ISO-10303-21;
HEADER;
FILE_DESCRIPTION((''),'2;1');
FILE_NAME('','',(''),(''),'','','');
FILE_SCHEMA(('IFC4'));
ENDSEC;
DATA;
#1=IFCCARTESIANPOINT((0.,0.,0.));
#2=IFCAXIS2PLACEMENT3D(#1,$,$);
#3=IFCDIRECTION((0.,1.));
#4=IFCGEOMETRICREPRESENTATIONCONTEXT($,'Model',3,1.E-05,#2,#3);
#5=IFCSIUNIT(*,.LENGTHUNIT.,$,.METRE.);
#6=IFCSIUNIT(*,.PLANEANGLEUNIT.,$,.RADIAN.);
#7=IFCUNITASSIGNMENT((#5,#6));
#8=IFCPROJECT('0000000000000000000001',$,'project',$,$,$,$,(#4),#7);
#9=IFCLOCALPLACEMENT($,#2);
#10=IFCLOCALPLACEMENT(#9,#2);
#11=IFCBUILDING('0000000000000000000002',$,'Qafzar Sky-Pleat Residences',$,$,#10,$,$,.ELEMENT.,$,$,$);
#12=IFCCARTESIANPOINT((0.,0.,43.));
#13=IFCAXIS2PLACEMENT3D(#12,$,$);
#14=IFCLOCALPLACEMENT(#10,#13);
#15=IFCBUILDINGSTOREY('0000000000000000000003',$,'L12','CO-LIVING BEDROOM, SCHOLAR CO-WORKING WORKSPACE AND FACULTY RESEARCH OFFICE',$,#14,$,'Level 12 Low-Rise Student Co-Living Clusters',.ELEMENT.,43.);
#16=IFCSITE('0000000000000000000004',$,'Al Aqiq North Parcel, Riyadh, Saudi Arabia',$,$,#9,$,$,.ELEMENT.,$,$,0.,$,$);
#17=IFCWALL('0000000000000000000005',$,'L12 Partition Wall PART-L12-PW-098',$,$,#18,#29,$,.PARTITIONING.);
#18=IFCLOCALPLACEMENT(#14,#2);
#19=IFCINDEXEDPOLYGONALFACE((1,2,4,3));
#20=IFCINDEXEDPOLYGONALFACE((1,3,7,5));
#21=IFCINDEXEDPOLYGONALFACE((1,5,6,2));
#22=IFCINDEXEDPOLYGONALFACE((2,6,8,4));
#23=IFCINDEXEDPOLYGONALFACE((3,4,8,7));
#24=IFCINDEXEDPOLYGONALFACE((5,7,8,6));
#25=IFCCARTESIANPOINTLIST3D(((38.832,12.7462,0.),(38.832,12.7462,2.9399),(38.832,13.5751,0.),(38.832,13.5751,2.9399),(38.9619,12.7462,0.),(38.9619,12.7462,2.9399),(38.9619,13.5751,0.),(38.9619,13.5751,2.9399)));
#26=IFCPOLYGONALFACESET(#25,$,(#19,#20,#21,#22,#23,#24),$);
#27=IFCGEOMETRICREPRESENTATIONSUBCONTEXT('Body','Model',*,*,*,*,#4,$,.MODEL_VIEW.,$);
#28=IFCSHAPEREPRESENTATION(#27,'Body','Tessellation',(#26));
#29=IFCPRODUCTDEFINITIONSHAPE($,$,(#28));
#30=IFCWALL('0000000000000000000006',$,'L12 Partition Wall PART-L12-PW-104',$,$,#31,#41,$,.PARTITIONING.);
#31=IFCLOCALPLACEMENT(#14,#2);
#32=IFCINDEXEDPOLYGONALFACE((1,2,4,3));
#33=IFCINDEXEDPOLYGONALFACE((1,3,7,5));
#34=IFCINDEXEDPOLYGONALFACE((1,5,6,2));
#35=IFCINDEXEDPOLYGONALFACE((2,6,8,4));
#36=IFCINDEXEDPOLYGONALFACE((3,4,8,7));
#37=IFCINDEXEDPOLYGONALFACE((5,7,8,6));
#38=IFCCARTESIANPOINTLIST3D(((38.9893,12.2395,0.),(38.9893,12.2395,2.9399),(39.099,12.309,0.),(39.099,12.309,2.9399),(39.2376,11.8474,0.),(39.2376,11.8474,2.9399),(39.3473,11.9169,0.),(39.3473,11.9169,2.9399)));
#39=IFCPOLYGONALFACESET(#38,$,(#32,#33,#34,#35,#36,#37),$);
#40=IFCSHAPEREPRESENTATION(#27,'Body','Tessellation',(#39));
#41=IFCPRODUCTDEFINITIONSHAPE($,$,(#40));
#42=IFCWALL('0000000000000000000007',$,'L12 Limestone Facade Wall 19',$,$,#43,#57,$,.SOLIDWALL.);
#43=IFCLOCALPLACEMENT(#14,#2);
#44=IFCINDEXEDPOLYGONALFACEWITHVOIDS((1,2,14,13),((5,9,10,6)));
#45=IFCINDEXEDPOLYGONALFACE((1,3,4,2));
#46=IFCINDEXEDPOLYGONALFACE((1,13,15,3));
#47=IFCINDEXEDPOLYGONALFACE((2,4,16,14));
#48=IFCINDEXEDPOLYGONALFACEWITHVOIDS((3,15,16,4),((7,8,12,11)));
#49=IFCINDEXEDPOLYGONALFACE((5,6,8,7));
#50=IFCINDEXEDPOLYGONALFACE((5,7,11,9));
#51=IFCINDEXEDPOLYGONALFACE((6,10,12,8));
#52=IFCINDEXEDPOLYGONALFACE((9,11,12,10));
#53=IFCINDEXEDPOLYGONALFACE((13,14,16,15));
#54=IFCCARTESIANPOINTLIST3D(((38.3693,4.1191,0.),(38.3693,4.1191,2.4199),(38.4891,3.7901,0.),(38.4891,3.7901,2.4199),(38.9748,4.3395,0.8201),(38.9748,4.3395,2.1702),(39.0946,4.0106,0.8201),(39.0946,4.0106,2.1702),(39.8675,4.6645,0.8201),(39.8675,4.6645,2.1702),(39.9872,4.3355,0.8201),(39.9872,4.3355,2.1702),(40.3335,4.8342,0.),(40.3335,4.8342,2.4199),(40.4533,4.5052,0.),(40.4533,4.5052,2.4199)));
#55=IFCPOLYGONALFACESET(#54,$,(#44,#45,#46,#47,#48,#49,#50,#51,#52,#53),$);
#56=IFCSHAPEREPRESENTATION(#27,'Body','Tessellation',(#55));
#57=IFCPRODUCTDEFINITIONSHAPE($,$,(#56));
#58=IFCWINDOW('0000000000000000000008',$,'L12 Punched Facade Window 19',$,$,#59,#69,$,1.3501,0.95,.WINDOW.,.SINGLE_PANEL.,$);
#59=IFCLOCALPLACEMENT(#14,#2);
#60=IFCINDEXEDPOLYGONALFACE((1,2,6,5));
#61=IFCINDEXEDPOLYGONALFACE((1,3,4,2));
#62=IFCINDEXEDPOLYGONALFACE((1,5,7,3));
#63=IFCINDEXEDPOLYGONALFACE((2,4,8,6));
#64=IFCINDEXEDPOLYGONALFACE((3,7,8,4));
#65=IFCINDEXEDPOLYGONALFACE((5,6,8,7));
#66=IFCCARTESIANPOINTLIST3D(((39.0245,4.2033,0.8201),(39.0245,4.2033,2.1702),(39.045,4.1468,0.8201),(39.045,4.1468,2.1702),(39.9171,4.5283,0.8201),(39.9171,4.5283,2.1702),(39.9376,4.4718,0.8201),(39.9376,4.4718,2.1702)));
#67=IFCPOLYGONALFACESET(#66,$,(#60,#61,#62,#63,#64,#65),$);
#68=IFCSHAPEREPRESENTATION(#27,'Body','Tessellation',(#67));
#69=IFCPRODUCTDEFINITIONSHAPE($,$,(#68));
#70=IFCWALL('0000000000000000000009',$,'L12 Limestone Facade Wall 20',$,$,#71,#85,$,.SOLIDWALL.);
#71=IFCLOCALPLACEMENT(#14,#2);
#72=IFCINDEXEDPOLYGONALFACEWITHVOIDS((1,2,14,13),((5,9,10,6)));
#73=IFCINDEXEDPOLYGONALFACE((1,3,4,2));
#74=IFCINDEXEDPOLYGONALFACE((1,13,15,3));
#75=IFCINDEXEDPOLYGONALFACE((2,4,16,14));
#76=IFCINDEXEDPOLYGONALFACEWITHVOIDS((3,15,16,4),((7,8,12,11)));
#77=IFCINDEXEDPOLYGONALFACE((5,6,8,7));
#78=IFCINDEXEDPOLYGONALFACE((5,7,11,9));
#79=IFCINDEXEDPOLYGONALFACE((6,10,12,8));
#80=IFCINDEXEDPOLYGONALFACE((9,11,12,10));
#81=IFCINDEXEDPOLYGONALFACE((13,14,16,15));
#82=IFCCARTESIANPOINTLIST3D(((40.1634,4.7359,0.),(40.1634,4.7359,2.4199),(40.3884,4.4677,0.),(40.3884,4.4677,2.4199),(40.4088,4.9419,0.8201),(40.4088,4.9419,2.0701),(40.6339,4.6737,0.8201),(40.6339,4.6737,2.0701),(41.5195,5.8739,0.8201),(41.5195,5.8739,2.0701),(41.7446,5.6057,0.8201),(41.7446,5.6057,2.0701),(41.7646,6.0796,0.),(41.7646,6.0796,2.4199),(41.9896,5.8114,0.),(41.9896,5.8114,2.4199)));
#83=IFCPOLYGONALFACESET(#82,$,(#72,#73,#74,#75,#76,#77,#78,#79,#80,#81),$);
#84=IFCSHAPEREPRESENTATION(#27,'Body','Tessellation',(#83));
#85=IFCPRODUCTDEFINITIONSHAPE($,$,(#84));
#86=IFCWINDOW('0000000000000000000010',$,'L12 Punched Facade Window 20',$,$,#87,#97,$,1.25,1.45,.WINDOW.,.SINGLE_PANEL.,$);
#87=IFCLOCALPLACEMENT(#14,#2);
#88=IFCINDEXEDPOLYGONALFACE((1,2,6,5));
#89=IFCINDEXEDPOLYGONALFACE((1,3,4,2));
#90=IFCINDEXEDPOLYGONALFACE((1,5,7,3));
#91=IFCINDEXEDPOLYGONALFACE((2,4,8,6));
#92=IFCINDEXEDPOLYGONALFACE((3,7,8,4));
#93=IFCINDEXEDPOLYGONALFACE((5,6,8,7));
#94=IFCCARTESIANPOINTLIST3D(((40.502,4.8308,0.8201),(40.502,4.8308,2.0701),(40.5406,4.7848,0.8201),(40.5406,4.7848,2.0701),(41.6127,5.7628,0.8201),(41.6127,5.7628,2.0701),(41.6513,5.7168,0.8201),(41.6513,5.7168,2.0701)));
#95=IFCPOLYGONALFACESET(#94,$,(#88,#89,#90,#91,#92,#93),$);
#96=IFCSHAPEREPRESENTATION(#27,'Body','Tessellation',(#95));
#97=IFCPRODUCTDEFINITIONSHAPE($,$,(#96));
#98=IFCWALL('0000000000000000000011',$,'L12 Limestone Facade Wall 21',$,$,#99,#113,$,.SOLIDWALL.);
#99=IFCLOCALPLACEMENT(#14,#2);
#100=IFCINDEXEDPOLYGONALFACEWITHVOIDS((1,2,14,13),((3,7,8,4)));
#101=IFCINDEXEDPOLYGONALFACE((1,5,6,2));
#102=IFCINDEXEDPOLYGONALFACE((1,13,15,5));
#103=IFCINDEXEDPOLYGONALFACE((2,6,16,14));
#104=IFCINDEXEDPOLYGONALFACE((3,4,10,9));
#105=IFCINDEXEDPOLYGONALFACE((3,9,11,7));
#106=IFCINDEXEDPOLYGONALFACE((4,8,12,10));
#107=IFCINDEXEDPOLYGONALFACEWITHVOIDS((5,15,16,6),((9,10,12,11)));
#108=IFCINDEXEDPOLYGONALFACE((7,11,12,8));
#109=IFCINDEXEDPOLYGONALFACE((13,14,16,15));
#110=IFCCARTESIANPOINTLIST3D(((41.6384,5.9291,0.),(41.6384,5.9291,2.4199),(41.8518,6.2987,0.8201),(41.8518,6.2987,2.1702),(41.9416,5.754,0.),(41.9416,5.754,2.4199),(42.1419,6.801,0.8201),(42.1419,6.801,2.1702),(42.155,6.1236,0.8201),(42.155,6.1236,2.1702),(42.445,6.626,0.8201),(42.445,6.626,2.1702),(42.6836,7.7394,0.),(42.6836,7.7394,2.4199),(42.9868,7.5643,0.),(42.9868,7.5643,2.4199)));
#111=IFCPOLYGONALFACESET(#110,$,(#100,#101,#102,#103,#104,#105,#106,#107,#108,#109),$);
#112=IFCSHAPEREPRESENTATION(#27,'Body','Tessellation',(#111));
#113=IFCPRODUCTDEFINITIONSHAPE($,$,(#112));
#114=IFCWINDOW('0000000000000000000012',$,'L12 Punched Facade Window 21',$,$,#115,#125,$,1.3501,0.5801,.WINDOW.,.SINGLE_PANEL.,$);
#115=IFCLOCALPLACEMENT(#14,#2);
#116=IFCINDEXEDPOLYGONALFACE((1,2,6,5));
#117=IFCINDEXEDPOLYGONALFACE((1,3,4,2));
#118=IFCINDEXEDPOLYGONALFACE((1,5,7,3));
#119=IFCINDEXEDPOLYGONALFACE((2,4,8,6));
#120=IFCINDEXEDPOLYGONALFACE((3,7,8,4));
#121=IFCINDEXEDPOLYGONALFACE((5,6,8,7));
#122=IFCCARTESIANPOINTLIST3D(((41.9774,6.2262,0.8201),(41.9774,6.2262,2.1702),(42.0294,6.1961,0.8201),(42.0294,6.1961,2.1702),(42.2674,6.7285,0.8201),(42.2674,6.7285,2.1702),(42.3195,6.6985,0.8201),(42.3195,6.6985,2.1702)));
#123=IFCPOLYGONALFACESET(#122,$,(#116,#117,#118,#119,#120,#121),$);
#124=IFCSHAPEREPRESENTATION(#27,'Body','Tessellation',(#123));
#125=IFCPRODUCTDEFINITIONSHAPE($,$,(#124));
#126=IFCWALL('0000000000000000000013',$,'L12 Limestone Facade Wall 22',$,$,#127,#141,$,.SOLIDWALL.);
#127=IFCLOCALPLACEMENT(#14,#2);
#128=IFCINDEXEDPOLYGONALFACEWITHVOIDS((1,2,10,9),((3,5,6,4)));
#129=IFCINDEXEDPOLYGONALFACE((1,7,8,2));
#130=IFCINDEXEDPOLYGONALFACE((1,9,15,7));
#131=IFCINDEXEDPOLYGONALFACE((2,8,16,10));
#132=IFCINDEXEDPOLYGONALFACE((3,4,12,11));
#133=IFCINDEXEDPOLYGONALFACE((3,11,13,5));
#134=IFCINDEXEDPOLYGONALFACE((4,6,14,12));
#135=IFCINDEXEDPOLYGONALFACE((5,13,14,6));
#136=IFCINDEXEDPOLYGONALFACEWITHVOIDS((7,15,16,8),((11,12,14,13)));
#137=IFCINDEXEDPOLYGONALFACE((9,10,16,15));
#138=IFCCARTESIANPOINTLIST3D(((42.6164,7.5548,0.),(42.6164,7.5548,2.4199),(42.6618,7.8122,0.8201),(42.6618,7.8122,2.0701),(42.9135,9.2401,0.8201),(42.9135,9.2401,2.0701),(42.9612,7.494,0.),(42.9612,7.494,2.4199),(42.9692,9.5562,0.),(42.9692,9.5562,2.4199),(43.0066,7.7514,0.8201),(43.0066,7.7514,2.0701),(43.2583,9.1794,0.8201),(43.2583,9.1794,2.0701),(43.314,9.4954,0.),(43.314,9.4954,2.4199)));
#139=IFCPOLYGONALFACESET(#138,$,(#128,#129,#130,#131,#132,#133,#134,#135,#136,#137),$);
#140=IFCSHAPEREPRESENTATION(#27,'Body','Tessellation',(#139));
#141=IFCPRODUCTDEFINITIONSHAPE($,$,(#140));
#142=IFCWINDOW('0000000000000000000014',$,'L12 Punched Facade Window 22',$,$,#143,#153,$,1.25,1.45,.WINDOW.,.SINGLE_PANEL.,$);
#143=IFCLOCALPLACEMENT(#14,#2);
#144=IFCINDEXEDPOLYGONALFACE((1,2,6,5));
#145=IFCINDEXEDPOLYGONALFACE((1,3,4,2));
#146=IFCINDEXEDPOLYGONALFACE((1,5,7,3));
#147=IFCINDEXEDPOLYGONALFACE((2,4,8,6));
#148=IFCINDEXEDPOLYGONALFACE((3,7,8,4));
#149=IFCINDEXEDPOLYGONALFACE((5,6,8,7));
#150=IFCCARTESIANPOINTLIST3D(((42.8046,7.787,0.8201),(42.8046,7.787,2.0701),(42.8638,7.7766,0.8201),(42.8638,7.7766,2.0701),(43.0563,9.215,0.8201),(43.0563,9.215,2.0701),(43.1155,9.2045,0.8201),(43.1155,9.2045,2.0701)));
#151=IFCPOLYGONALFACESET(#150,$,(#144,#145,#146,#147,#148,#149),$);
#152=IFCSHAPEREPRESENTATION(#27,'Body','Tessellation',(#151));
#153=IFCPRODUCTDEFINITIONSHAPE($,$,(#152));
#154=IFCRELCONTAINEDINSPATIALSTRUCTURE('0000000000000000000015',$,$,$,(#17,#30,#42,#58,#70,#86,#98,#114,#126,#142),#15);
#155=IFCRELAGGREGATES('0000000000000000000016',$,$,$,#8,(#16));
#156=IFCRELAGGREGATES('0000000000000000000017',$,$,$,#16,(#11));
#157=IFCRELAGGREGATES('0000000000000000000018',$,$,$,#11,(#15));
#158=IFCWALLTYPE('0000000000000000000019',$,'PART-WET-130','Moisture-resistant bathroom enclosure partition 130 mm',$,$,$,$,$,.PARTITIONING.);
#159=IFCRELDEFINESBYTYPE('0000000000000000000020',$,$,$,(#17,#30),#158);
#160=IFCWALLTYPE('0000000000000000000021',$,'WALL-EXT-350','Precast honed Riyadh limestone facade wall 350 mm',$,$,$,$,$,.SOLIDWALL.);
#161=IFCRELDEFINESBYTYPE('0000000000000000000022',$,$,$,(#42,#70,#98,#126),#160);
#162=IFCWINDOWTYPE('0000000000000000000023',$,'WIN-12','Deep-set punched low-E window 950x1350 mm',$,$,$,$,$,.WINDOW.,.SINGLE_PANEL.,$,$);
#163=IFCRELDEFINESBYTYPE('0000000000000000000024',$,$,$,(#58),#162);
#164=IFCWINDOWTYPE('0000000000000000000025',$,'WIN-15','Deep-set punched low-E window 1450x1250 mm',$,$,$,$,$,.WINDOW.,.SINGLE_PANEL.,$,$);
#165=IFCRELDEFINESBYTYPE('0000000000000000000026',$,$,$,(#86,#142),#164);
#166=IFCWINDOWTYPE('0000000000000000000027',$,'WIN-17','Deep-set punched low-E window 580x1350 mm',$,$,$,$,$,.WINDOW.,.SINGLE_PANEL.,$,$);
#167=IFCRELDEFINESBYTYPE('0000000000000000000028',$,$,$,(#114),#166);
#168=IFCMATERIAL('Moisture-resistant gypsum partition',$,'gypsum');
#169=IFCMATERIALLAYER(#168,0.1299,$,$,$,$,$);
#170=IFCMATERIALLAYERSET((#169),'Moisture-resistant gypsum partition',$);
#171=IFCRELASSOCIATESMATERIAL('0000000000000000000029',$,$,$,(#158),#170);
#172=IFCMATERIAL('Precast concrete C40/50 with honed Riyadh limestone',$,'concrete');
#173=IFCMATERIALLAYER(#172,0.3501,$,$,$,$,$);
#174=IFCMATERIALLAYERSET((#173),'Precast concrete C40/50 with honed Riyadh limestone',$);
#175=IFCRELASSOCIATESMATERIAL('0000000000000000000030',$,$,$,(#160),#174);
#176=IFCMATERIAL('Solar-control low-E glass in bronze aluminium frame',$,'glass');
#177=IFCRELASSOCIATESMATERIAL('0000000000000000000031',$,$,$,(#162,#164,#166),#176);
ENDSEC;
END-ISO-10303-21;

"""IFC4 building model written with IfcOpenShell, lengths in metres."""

from ifc_helpers import new_model, si_unit, direction, frame, frame_2d, origin, place, context, subcontext, project, spatial, rectangle, extrude, source, transform, mapped, material, layer, layer_set, type_object, element, fill, save


model = new_model("IFC4")

# Units and contexts
model_context = context("Model", 3, precision=1e-05, world=origin(), true_north=direction((0.0, 1.0)))
body_context = subcontext(model_context, "Body", "Model", "MODEL_VIEW")
ifc_project = project(units=[si_unit("LENGTHUNIT", "METRE"), si_unit("PLANEANGLEUNIT", "RADIAN")], contexts=[model_context])

# Site, building, storey
site_placement = place(None, origin())
site = spatial("IfcSite", under=ifc_project, at=site_placement, Name="Al Aqiq North Parcel, Riyadh, Saudi Arabia", CompositionType="ELEMENT", RefElevation=0.0)
building_placement = place(site_placement, origin())
building = spatial("IfcBuilding", under=site, at=building_placement, Name="Qafzar Sky-Pleat Residences", CompositionType="ELEMENT")
storey_placement = place(building_placement, frame((0.0, 0.0, 43.0)))
storey = spatial("IfcBuildingStorey", under=building, at=storey_placement, Name="L12", Description="CO-LIVING BEDROOM, SCHOLAR CO-WORKING WORKSPACE AND FACULTY RESEARCH OFFICE", LongName="Level 12 Low-Rise Student Co-Living Clusters", CompositionType="ELEMENT", Elevation=43.0)

# Shared definitions
ifc_material_1 = material(Name="Moisture-resistant gypsum partition", Category="gypsum")
ifc_layer_1 = layer(ifc_material_1, 0.1299)
ifc_layer_set_1 = layer_set([ifc_layer_1], Name="Moisture-resistant gypsum partition")
wall_type_1 = type_object("IfcWallType", Name="PART-WET-130", Description="Moisture-resistant bathroom enclosure partition 130 mm", PredefinedType="PARTITIONING", material=ifc_layer_set_1)

# Walls
wall_1_placement = place(storey_placement, frame((38.897, 12.7461, 0.0), z_axis=(0.0, 0.0, 1.0), x_axis=(0.0, 1.0, 0.0)))
element("IfcWall", 1, at=wall_1_placement, inside=storey, type_object=wall_type_1, Name="L12 Partition Wall PART-L12-PW-098", PredefinedType="PARTITIONING", context=body_context, shape_type="SweptSolid", body=[
    extrude(rectangle(XDim=0.8289, YDim=0.1299, at=frame_2d((0.4146, 0.0))), origin(), (0.0, 0.0, 1.0), 2.9399),
])
wall_2_placement = place(storey_placement, frame((39.0442, 12.2742, 0.0), z_axis=(0.0, 0.0, 1.0), x_axis=(0.535002, -0.844851, 0.0)))
element("IfcWall", 2, at=wall_2_placement, inside=storey, type_object=wall_type_1, Name="L12 Partition Wall PART-L12-PW-104", PredefinedType="PARTITIONING", context=body_context, shape_type="SweptSolid", body=[
    extrude(rectangle(XDim=0.4641, YDim=0.1299, at=frame_2d((0.2319, 0.0))), origin(), (0.0, 0.0, 1.0), 2.9399),
])

# Walls, openings, windows
ifc_material_2 = material(Name="Precast concrete C40/50 with honed Riyadh limestone", Category="concrete")
ifc_layer_2 = layer(ifc_material_2, 0.3501)
ifc_layer_set_2 = layer_set([ifc_layer_2], Name="Precast concrete C40/50 with honed Riyadh limestone")
wall_type_2 = type_object("IfcWallType", Name="WALL-EXT-350", Description="Precast honed Riyadh limestone facade wall 350 mm", PredefinedType="SOLIDWALL", material=ifc_layer_set_2)
wall_3_placement = place(storey_placement, frame((38.4292, 3.9546, 0.0), z_axis=(0.0, 0.0, 1.0), x_axis=(0.93966, 0.342109, 0.0)))
wall_3 = element("IfcWall", 3, at=wall_3_placement, inside=storey, type_object=wall_type_2, Name="L12 Limestone Facade Wall 19", PredefinedType="SOLIDWALL", context=body_context, shape_type="SweptSolid", body=[
    extrude(rectangle(XDim=2.0903, YDim=0.3501, at=frame_2d((1.0452, 0.0))), origin(), (0.0, 0.0, 1.0), 2.4199),
])
opening_1_placement = place(wall_3_placement, frame((0.6443, 0.0, 0.8201)))
opening_1 = element("IfcOpeningElement", 4, at=opening_1_placement, cuts=wall_3, PredefinedType="OPENING", context=body_context, shape_type="SweptSolid", body=[
    extrude(rectangle(XDim=0.95, YDim=1.3501, at=frame_2d((0.4751, 0.675))), frame((0.0, 0.1851, 0.0), z_axis=(0.0, -1.0, 0.0), x_axis=(1.0, 0.0, 0.0)), (0.0, 0.0, 1.0), 0.3701),
])
ifc_material_3 = material(Name="Solar-control low-E glass in bronze aluminium frame", Category="glass")
window_type_1 = type_object("IfcWindowType", Name="WIN-12", Description="Deep-set punched low-E window 950x1350 mm", PartitioningType="SINGLE_PANEL", PredefinedType="WINDOW", material=ifc_material_3)
shared_shape_1 = source(origin(), body_context, "Body", "SweptSolid", [
    extrude(rectangle(XDim=0.95, YDim=1.3501, at=frame_2d((0.4751, 0.675))), frame((0.0, 0.03, 0.0), z_axis=(0.0, -1.0, 0.0), x_axis=(1.0, 0.0, 0.0)), (0.0, 0.0, 1.0), 0.0601),
])
window_1_placement = place(opening_1_placement, origin())
window_1 = element("IfcWindow", 5, at=window_1_placement, inside=storey, type_object=window_type_1, Name="L12 Punched Facade Window 19", OverallHeight=1.3501, OverallWidth=0.95, PartitioningType="SINGLE_PANEL", PredefinedType="WINDOW", context=body_context, shape_type="MappedRepresentation", body=[
    mapped(shared_shape_1, transform((0.0, 0.0, 0.0), x_axis=(1.0, 0.0, 0.0), y_axis=(0.0, 1.0, 0.0), z_axis=(0.0, 0.0, 1.0), scale=1.0)),
])
fill(opening_1, window_1)
wall_4_placement = place(storey_placement, frame((40.2759, 4.6018, 0.0), z_axis=(0.0, 0.0, 1.0), x_axis=(0.766025, 0.642811, 0.0)))
wall_4 = element("IfcWall", 6, at=wall_4_placement, inside=storey, type_object=wall_type_2, Name="L12 Limestone Facade Wall 20", PredefinedType="SOLIDWALL", context=body_context, shape_type="SweptSolid", body=[
    extrude(rectangle(XDim=2.0903, YDim=0.3501, at=frame_2d((1.0452, 0.0))), origin(), (0.0, 0.0, 1.0), 2.4199),
])
opening_2_placement = place(wall_4_placement, frame((0.3203, 0.0, 0.8201)))
opening_2 = element("IfcOpeningElement", 7, at=opening_2_placement, cuts=wall_4, PredefinedType="OPENING", context=body_context, shape_type="SweptSolid", body=[
    extrude(rectangle(XDim=1.45, YDim=1.25, at=frame_2d((0.7251, 0.625))), frame((0.0, 0.1851, 0.0), z_axis=(0.0, -1.0, 0.0), x_axis=(1.0, 0.0, 0.0)), (0.0, 0.0, 1.0), 0.3701),
])
window_type_2 = type_object("IfcWindowType", Name="WIN-15", Description="Deep-set punched low-E window 1450x1250 mm", PartitioningType="SINGLE_PANEL", PredefinedType="WINDOW", material=ifc_material_3)
shared_shape_2 = source(origin(), body_context, "Body", "SweptSolid", [
    extrude(rectangle(XDim=1.45, YDim=1.25, at=frame_2d((0.7251, 0.625))), frame((0.0, 0.03, 0.0), z_axis=(0.0, -1.0, 0.0), x_axis=(1.0, 0.0, 0.0)), (0.0, 0.0, 1.0), 0.0601),
])
window_2_placement = place(opening_2_placement, origin())
window_2 = element("IfcWindow", 8, at=window_2_placement, inside=storey, type_object=window_type_2, Name="L12 Punched Facade Window 20", OverallHeight=1.25, OverallWidth=1.45, PartitioningType="SINGLE_PANEL", PredefinedType="WINDOW", context=body_context, shape_type="MappedRepresentation", body=[
    mapped(shared_shape_2, transform((0.0, 0.0, 0.0), x_axis=(1.0, 0.0, 0.0), y_axis=(0.0, 1.0, 0.0), z_axis=(0.0, 0.0, 1.0), scale=1.0)),
])
fill(opening_2, window_2)
wall_5_placement = place(storey_placement, frame((41.79, 5.8416, 0.0), z_axis=(0.0, 0.0, 1.0), x_axis=(0.499995, 0.866028, 0.0)))
wall_5 = element("IfcWall", 9, at=wall_5_placement, inside=storey, type_object=wall_type_2, Name="L12 Limestone Facade Wall 21", PredefinedType="SOLIDWALL", context=body_context, shape_type="SweptSolid", body=[
    extrude(rectangle(XDim=2.0903, YDim=0.3501, at=frame_2d((1.0452, 0.0))), origin(), (0.0, 0.0, 1.0), 2.4199),
])
opening_3_placement = place(wall_5_placement, frame((0.4268, 0.0, 0.8201)))
opening_3 = element("IfcOpeningElement", 10, at=opening_3_placement, cuts=wall_5, PredefinedType="OPENING", context=body_context, shape_type="SweptSolid", body=[
    extrude(rectangle(XDim=0.5801, YDim=1.3501, at=frame_2d((0.29, 0.675))), frame((0.0, 0.1851, 0.0), z_axis=(0.0, -1.0, 0.0), x_axis=(1.0, 0.0, 0.0)), (0.0, 0.0, 1.0), 0.3701),
])
window_type_3 = type_object("IfcWindowType", Name="WIN-17", Description="Deep-set punched low-E window 580x1350 mm", PartitioningType="SINGLE_PANEL", PredefinedType="WINDOW", material=ifc_material_3)
shared_shape_3 = source(origin(), body_context, "Body", "SweptSolid", [
    extrude(rectangle(XDim=0.5801, YDim=1.3501, at=frame_2d((0.29, 0.675))), frame((0.0, 0.03, 0.0), z_axis=(0.0, -1.0, 0.0), x_axis=(1.0, 0.0, 0.0)), (0.0, 0.0, 1.0), 0.0601),
])
window_3_placement = place(opening_3_placement, origin())
window_3 = element("IfcWindow", 11, at=window_3_placement, inside=storey, type_object=window_type_3, Name="L12 Punched Facade Window 21", OverallHeight=1.3501, OverallWidth=0.5801, PartitioningType="SINGLE_PANEL", PredefinedType="WINDOW", context=body_context, shape_type="MappedRepresentation", body=[
    mapped(shared_shape_3, transform((0.0, 0.0, 0.0), x_axis=(1.0, 0.0, 0.0), y_axis=(0.0, 1.0, 0.0), z_axis=(0.0, 0.0, 1.0), scale=1.0)),
])
fill(opening_3, window_3)
wall_6_placement = place(storey_placement, frame((42.7888, 7.5244, 0.0), z_axis=(0.0, 0.0, 1.0), x_axis=(0.173587, 0.984819, 0.0)))
wall_6 = element("IfcWall", 12, at=wall_6_placement, inside=storey, type_object=wall_type_2, Name="L12 Limestone Facade Wall 22", PredefinedType="SOLIDWALL", context=body_context, shape_type="SweptSolid", body=[
    extrude(rectangle(XDim=2.0322, YDim=0.3501, at=frame_2d((1.0161, 0.0))), origin(), (0.0, 0.0, 1.0), 2.4199),
])
opening_4_placement = place(wall_6_placement, frame((0.2612, 0.0, 0.8201)))
opening_4 = element("IfcOpeningElement", 13, at=opening_4_placement, cuts=wall_6, PredefinedType="OPENING", context=body_context, shape_type="SweptSolid", body=[
    extrude(rectangle(XDim=1.45, YDim=1.25, at=frame_2d((0.7251, 0.625))), frame((0.0, 0.1851, 0.0), z_axis=(0.0, -1.0, 0.0), x_axis=(1.0, 0.0, 0.0)), (0.0, 0.0, 1.0), 0.3701),
])
window_4_placement = place(opening_4_placement, origin())
window_4 = element("IfcWindow", 14, at=window_4_placement, inside=storey, type_object=window_type_2, Name="L12 Punched Facade Window 22", OverallHeight=1.25, OverallWidth=1.45, PartitioningType="SINGLE_PANEL", PredefinedType="WINDOW", context=body_context, shape_type="MappedRepresentation", body=[
    mapped(shared_shape_2, transform((0.0, 0.0, 0.0), x_axis=(1.0, 0.0, 0.0), y_axis=(0.0, 1.0, 0.0), z_axis=(0.0, 0.0, 1.0), scale=1.0)),
])
fill(opening_4, window_4)

save(model, "model.ifc")
